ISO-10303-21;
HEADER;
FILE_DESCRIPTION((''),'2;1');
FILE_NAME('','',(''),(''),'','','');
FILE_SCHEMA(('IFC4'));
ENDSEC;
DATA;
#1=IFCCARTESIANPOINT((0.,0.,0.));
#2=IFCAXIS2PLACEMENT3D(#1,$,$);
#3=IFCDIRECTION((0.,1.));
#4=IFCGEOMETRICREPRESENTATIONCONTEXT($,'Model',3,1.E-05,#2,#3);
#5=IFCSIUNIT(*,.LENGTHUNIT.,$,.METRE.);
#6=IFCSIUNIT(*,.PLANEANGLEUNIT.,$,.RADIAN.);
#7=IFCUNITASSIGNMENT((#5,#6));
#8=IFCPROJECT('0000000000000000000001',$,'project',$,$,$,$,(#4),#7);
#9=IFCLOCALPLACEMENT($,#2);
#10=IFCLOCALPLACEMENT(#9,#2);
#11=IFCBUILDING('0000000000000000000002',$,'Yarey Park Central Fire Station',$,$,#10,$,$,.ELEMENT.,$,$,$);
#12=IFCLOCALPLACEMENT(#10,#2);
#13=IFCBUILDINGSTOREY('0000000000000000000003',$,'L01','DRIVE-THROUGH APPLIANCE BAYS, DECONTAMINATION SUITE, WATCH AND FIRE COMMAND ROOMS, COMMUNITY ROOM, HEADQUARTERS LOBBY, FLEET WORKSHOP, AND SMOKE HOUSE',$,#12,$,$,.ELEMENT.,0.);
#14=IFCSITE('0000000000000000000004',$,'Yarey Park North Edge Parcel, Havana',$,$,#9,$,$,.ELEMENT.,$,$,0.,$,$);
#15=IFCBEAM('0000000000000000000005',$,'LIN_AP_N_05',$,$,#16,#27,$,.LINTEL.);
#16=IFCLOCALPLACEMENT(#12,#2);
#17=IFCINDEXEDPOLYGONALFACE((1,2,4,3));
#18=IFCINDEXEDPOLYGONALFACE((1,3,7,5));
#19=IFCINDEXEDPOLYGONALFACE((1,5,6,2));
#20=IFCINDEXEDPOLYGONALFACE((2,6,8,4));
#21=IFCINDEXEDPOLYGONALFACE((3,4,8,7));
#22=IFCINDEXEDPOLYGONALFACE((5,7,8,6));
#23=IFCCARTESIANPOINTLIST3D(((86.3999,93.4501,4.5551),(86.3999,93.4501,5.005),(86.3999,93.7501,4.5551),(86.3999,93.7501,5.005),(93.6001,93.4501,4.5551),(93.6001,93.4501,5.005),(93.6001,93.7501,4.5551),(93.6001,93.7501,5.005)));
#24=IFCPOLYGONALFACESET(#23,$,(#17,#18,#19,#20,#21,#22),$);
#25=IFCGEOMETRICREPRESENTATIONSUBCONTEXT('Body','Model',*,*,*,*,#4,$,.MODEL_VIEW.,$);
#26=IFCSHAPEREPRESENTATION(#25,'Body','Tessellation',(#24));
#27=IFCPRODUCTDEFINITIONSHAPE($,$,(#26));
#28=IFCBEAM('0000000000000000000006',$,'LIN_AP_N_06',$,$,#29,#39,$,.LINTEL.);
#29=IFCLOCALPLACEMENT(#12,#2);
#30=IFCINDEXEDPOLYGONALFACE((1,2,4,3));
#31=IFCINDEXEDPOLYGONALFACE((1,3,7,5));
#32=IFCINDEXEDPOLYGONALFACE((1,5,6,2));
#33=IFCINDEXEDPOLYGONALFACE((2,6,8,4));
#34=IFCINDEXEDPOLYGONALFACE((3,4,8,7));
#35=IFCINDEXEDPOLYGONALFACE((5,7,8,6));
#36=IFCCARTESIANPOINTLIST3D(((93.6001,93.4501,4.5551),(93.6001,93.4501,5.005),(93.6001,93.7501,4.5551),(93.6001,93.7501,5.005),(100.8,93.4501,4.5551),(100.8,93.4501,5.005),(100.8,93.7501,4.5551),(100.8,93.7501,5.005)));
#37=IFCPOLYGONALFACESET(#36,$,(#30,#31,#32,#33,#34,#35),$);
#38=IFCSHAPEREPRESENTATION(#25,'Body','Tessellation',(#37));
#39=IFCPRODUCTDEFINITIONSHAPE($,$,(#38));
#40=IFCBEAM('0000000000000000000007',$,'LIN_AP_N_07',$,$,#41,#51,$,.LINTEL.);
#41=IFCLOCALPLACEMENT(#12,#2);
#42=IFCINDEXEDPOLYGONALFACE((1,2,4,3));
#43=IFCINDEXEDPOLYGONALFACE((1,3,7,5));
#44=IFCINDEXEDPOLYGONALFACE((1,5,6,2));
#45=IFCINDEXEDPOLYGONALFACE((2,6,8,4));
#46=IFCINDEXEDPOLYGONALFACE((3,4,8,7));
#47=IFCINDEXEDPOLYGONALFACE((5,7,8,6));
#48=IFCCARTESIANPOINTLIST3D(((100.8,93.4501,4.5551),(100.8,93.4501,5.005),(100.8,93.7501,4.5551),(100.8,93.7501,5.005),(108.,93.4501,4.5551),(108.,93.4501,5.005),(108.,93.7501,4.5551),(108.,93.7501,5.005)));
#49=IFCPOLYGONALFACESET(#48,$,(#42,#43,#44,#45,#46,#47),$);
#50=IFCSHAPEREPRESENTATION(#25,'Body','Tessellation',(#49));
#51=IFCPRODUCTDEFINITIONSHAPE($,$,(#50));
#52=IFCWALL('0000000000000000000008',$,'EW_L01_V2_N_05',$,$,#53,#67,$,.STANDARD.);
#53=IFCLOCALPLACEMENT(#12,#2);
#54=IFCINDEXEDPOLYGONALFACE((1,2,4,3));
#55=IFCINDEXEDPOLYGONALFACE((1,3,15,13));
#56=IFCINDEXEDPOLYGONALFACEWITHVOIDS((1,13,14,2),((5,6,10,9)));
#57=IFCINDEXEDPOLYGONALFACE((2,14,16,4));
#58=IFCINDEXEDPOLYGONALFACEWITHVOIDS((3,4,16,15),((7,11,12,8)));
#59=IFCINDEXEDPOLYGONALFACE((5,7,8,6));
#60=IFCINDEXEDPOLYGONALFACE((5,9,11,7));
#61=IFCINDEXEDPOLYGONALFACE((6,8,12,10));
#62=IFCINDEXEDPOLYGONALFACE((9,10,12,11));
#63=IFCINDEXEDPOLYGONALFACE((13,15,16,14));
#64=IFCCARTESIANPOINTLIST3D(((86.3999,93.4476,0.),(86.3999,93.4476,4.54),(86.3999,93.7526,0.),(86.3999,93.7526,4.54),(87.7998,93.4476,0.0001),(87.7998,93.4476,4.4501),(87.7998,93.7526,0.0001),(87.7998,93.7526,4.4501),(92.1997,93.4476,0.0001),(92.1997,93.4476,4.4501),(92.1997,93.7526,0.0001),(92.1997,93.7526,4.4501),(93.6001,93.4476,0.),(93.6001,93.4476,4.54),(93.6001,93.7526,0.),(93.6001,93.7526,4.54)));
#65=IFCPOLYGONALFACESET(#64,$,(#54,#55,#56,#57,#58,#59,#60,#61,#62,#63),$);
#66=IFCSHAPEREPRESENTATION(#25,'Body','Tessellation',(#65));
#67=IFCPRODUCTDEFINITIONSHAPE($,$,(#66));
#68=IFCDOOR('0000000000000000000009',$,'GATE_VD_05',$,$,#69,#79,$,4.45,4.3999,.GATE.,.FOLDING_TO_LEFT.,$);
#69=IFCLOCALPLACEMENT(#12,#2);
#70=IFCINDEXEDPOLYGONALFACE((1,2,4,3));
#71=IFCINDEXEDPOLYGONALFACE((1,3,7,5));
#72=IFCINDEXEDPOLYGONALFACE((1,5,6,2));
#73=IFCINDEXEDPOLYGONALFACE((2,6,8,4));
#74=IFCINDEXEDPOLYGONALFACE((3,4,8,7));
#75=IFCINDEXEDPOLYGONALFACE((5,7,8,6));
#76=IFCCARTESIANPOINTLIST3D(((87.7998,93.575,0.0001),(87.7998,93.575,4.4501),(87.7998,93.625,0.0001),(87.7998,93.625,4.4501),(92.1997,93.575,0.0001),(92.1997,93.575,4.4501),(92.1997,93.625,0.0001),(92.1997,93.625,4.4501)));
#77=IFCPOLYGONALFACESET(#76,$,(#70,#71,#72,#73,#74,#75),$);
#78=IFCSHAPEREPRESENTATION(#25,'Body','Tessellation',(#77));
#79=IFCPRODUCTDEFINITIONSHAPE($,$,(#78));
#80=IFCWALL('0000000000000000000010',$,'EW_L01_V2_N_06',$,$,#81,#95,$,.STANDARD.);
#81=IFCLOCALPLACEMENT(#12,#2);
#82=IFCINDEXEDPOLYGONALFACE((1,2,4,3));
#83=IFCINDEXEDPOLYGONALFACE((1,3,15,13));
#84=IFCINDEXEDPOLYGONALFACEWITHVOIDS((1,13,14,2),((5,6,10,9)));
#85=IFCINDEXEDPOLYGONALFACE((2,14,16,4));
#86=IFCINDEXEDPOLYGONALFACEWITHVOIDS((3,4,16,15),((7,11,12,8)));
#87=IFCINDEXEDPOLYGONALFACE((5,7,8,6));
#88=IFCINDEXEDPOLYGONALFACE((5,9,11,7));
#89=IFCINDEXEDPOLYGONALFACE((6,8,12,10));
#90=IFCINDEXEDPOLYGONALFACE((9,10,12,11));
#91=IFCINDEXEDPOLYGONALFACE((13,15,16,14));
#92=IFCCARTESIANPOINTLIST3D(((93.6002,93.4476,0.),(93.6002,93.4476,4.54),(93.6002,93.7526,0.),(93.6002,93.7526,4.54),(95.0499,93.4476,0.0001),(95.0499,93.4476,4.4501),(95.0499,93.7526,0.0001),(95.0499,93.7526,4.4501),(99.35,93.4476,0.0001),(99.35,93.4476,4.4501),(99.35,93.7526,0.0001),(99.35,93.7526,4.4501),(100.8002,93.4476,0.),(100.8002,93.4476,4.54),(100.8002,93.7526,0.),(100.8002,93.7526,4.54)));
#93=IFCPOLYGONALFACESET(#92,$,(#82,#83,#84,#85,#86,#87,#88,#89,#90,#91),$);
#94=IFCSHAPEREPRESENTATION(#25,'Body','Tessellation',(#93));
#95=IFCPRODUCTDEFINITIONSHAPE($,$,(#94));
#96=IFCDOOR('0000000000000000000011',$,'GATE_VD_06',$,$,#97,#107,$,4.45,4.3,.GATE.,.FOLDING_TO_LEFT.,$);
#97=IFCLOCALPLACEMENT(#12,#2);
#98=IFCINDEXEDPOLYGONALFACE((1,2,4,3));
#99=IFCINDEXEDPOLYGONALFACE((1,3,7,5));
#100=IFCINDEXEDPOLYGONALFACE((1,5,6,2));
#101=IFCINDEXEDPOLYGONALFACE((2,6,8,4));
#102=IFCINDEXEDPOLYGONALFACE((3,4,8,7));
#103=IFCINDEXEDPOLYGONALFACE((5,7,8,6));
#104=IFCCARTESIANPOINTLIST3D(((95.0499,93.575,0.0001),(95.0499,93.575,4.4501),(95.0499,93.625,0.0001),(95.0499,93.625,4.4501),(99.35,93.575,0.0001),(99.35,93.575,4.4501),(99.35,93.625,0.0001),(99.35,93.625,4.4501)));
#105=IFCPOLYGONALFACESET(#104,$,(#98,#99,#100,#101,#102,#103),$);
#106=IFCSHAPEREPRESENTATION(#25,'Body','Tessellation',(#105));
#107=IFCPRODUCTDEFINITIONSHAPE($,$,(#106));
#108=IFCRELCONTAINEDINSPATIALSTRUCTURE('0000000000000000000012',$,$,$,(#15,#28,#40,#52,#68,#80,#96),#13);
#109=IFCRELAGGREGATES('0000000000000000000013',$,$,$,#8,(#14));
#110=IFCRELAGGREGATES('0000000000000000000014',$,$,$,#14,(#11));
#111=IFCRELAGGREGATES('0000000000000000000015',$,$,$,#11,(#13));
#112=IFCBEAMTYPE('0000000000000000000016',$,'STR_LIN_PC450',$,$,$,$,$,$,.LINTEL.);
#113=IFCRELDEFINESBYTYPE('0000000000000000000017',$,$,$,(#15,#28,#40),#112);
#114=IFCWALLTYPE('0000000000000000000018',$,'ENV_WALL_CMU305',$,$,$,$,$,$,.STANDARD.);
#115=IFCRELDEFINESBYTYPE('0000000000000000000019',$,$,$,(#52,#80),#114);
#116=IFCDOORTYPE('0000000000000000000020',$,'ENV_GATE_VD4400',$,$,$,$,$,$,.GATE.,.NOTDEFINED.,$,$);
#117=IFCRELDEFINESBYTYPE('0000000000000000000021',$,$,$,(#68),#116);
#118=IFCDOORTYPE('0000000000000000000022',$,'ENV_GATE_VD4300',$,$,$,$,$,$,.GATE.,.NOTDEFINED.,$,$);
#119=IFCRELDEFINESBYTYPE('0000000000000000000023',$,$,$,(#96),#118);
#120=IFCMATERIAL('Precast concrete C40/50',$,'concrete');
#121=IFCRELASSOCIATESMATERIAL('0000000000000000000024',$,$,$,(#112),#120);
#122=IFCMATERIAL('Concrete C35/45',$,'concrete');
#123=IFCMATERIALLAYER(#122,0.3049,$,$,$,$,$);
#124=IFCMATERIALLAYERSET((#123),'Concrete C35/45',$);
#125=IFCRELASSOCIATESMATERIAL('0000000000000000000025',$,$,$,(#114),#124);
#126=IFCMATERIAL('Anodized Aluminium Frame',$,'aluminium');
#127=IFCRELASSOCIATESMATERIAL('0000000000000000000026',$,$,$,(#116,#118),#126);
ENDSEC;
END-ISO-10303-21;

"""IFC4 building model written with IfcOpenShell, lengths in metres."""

from ifc_helpers import new_model, si_unit, direction, frame, frame_2d, origin, origin_2d, place, context, subcontext, project, spatial, rectangle, extrude, material, layer, layer_set, material_profile, profile_set, type_object, element, fill, save


model = new_model("IFC4")

# Units and contexts
model_context = context("Model", 3, precision=1e-05, world=origin(), true_north=direction((0.0, 1.0)))
body_context = subcontext(model_context, "Body", "Model", "MODEL_VIEW")
ifc_project = project(units=[si_unit("LENGTHUNIT", "METRE"), si_unit("PLANEANGLEUNIT", "RADIAN")], contexts=[model_context])

# Site, building, storey
site_placement = place(None, origin())
site = spatial("IfcSite", under=ifc_project, at=site_placement, Name="Yarey Park North Edge Parcel, Havana", CompositionType="ELEMENT", RefElevation=0.0)
building_placement = place(site_placement, origin())
building = spatial("IfcBuilding", under=site, at=building_placement, Name="Yarey Park Central Fire Station", CompositionType="ELEMENT")
storey_placement = place(building_placement, origin())
storey = spatial("IfcBuildingStorey", under=building, at=storey_placement, Name="L01", Description="DRIVE-THROUGH APPLIANCE BAYS, DECONTAMINATION SUITE, WATCH AND FIRE COMMAND ROOMS, COMMUNITY ROOM, HEADQUARTERS LOBBY, FLEET WORKSHOP, AND SMOKE HOUSE", CompositionType="ELEMENT", Elevation=0.0)

# Shared definitions
ifc_material_1 = material(Name="Concrete C35/45", Category="concrete")

# Beams
ifc_material_2 = material(Name="Precast concrete C40/50", Category="concrete")
ifc_material_profile_1 = material_profile(ifc_material_2, rectangle(XDim=0.3, YDim=0.45, at=origin_2d()), Name="PC 300x450")
ifc_profile_set_1 = profile_set([ifc_material_profile_1], Name="Precast concrete C40/50")
beam_type = type_object("IfcBeamType", Name="STR_LIN_PC450", PredefinedType="LINTEL", material=ifc_profile_set_1)
beam_placement = place(storey_placement, frame((86.3999, 93.6001, 4.78), z_axis=(1.0, 0.0, 0.0), x_axis=(0.0, 1.0, 0.0)))
element("IfcBeam", 1, at=beam_placement, inside=storey, type_object=beam_type, Name="LIN_AP_N_05", PredefinedType="LINTEL", context=body_context, shape_type="SweptSolid", body=[
    extrude(rectangle(XDim=0.3, YDim=0.45, at=origin_2d()), origin(), (0.0, 0.0, 1.0), 7.2002),
])
for number, where, z_axis, x_axis, name in (
    (2, (93.6001, 93.6001, 4.78), (1.0, 0.0, 0.0), (0.0, 1.0, 0.0), "LIN_AP_N_06"),
    (3, (100.8, 93.6001, 4.78), (1.0, 0.0, 0.0), (0.0, 1.0, 0.0), "LIN_AP_N_07"),
):
    element("IfcBeam", number, at=place(storey_placement, frame(where, z_axis=z_axis, x_axis=x_axis)), inside=storey, type_object=beam_type, Name=name, PredefinedType="LINTEL", context=body_context, shape_type="SweptSolid", body=[
        extrude(rectangle(XDim=0.3, YDim=0.45, at=origin_2d()), origin(), (0.0, 0.0, 1.0), 7.2),
    ])

# Walls, openings, doors
ifc_layer = layer(ifc_material_1, 0.3049)
ifc_layer_set = layer_set([ifc_layer], Name="Concrete C35/45")
wall_type = type_object("IfcWallType", Name="ENV_WALL_CMU305", PredefinedType="STANDARD", material=ifc_layer_set)
wall_1_placement = place(storey_placement, frame((86.3999, 93.6001, 0.0), z_axis=(0.0, 0.0, 1.0), x_axis=(1.0, 0.0, 0.0)))
wall_1 = element("IfcWall", 4, at=wall_1_placement, inside=storey, type_object=wall_type, Name="EW_L01_V2_N_05", PredefinedType="STANDARD", context=body_context, shape_type="SweptSolid", body=[
    extrude(rectangle(XDim=7.2002, YDim=0.3049, at=frame_2d((3.6001, 0.0))), origin(), (0.0, 0.0, 1.0), 4.54),
])
opening_1_placement = place(wall_1_placement, frame((1.3999, 0.0, 0.0)))
opening_1 = element("IfcOpeningElement", 5, at=opening_1_placement, cuts=wall_1, PredefinedType="OPENING", context=body_context, shape_type="SweptSolid", body=[
    extrude(rectangle(XDim=4.3999, YDim=4.45, at=frame_2d((2.2, 2.2251))), frame((0.0, 0.1624, 0.0), z_axis=(0.0, -1.0, 0.0), x_axis=(1.0, 0.0, 0.0)), (0.0, 0.0, 1.0), 0.325),
])
ifc_material_3 = material(Name="Anodized Aluminium Frame", Category="aluminium")
door_type_1 = type_object("IfcDoorType", Name="ENV_GATE_VD4400", OperationType="NOTDEFINED", PredefinedType="GATE", material=ifc_material_3)
door_1_placement = place(opening_1_placement, origin())
door_1 = element("IfcDoor", 6, at=door_1_placement, inside=storey, type_object=door_type_1, Name="GATE_VD_05", OperationType="FOLDING_TO_LEFT", OverallHeight=4.45, OverallWidth=4.3999, PredefinedType="GATE", context=body_context, shape_type="SweptSolid", body=[
    extrude(rectangle(XDim=4.3999, YDim=4.45, at=frame_2d((2.2, 2.2251))), frame((0.0, 0.0249, 0.0), z_axis=(0.0, -1.0, 0.0), x_axis=(1.0, 0.0, 0.0)), (0.0, 0.0, 1.0), 0.05),
])
fill(opening_1, door_1)
wall_2_placement = place(storey_placement, frame((93.6001, 93.6001, 0.0), z_axis=(0.0, 0.0, 1.0), x_axis=(1.0, 0.0, 0.0)))
wall_2 = element("IfcWall", 7, at=wall_2_placement, inside=storey, type_object=wall_type, Name="EW_L01_V2_N_06", PredefinedType="STANDARD", context=body_context, shape_type="SweptSolid", body=[
    extrude(rectangle(XDim=7.2, YDim=0.3049, at=frame_2d((3.6001, 0.0))), origin(), (0.0, 0.0, 1.0), 4.54),
])
opening_2_placement = place(wall_2_placement, frame((1.45, 0.0, 0.0)))
opening_2 = element("IfcOpeningElement", 8, at=opening_2_placement, cuts=wall_2, PredefinedType="OPENING", context=body_context, shape_type="SweptSolid", body=[
    extrude(rectangle(XDim=4.3, YDim=4.45, at=frame_2d((2.1499, 2.2251))), frame((0.0, 0.1624, 0.0), z_axis=(0.0, -1.0, 0.0), x_axis=(1.0, 0.0, 0.0)), (0.0, 0.0, 1.0), 0.325),
])
door_type_2 = type_object("IfcDoorType", Name="ENV_GATE_VD4300", OperationType="NOTDEFINED", PredefinedType="GATE", material=ifc_material_3)
door_2_placement = place(opening_2_placement, origin())
door_2 = element("IfcDoor", 9, at=door_2_placement, inside=storey, type_object=door_type_2, Name="GATE_VD_06", OperationType="FOLDING_TO_LEFT", OverallHeight=4.45, OverallWidth=4.3, PredefinedType="GATE", context=body_context, shape_type="SweptSolid", body=[
    extrude(rectangle(XDim=4.3, YDim=4.45, at=frame_2d((2.1499, 2.2251))), frame((0.0, 0.0249, 0.0), z_axis=(0.0, -1.0, 0.0), x_axis=(1.0, 0.0, 0.0)), (0.0, 0.0, 1.0), 0.05),
])
fill(opening_2, door_2)

save(model, "model.ifc")
